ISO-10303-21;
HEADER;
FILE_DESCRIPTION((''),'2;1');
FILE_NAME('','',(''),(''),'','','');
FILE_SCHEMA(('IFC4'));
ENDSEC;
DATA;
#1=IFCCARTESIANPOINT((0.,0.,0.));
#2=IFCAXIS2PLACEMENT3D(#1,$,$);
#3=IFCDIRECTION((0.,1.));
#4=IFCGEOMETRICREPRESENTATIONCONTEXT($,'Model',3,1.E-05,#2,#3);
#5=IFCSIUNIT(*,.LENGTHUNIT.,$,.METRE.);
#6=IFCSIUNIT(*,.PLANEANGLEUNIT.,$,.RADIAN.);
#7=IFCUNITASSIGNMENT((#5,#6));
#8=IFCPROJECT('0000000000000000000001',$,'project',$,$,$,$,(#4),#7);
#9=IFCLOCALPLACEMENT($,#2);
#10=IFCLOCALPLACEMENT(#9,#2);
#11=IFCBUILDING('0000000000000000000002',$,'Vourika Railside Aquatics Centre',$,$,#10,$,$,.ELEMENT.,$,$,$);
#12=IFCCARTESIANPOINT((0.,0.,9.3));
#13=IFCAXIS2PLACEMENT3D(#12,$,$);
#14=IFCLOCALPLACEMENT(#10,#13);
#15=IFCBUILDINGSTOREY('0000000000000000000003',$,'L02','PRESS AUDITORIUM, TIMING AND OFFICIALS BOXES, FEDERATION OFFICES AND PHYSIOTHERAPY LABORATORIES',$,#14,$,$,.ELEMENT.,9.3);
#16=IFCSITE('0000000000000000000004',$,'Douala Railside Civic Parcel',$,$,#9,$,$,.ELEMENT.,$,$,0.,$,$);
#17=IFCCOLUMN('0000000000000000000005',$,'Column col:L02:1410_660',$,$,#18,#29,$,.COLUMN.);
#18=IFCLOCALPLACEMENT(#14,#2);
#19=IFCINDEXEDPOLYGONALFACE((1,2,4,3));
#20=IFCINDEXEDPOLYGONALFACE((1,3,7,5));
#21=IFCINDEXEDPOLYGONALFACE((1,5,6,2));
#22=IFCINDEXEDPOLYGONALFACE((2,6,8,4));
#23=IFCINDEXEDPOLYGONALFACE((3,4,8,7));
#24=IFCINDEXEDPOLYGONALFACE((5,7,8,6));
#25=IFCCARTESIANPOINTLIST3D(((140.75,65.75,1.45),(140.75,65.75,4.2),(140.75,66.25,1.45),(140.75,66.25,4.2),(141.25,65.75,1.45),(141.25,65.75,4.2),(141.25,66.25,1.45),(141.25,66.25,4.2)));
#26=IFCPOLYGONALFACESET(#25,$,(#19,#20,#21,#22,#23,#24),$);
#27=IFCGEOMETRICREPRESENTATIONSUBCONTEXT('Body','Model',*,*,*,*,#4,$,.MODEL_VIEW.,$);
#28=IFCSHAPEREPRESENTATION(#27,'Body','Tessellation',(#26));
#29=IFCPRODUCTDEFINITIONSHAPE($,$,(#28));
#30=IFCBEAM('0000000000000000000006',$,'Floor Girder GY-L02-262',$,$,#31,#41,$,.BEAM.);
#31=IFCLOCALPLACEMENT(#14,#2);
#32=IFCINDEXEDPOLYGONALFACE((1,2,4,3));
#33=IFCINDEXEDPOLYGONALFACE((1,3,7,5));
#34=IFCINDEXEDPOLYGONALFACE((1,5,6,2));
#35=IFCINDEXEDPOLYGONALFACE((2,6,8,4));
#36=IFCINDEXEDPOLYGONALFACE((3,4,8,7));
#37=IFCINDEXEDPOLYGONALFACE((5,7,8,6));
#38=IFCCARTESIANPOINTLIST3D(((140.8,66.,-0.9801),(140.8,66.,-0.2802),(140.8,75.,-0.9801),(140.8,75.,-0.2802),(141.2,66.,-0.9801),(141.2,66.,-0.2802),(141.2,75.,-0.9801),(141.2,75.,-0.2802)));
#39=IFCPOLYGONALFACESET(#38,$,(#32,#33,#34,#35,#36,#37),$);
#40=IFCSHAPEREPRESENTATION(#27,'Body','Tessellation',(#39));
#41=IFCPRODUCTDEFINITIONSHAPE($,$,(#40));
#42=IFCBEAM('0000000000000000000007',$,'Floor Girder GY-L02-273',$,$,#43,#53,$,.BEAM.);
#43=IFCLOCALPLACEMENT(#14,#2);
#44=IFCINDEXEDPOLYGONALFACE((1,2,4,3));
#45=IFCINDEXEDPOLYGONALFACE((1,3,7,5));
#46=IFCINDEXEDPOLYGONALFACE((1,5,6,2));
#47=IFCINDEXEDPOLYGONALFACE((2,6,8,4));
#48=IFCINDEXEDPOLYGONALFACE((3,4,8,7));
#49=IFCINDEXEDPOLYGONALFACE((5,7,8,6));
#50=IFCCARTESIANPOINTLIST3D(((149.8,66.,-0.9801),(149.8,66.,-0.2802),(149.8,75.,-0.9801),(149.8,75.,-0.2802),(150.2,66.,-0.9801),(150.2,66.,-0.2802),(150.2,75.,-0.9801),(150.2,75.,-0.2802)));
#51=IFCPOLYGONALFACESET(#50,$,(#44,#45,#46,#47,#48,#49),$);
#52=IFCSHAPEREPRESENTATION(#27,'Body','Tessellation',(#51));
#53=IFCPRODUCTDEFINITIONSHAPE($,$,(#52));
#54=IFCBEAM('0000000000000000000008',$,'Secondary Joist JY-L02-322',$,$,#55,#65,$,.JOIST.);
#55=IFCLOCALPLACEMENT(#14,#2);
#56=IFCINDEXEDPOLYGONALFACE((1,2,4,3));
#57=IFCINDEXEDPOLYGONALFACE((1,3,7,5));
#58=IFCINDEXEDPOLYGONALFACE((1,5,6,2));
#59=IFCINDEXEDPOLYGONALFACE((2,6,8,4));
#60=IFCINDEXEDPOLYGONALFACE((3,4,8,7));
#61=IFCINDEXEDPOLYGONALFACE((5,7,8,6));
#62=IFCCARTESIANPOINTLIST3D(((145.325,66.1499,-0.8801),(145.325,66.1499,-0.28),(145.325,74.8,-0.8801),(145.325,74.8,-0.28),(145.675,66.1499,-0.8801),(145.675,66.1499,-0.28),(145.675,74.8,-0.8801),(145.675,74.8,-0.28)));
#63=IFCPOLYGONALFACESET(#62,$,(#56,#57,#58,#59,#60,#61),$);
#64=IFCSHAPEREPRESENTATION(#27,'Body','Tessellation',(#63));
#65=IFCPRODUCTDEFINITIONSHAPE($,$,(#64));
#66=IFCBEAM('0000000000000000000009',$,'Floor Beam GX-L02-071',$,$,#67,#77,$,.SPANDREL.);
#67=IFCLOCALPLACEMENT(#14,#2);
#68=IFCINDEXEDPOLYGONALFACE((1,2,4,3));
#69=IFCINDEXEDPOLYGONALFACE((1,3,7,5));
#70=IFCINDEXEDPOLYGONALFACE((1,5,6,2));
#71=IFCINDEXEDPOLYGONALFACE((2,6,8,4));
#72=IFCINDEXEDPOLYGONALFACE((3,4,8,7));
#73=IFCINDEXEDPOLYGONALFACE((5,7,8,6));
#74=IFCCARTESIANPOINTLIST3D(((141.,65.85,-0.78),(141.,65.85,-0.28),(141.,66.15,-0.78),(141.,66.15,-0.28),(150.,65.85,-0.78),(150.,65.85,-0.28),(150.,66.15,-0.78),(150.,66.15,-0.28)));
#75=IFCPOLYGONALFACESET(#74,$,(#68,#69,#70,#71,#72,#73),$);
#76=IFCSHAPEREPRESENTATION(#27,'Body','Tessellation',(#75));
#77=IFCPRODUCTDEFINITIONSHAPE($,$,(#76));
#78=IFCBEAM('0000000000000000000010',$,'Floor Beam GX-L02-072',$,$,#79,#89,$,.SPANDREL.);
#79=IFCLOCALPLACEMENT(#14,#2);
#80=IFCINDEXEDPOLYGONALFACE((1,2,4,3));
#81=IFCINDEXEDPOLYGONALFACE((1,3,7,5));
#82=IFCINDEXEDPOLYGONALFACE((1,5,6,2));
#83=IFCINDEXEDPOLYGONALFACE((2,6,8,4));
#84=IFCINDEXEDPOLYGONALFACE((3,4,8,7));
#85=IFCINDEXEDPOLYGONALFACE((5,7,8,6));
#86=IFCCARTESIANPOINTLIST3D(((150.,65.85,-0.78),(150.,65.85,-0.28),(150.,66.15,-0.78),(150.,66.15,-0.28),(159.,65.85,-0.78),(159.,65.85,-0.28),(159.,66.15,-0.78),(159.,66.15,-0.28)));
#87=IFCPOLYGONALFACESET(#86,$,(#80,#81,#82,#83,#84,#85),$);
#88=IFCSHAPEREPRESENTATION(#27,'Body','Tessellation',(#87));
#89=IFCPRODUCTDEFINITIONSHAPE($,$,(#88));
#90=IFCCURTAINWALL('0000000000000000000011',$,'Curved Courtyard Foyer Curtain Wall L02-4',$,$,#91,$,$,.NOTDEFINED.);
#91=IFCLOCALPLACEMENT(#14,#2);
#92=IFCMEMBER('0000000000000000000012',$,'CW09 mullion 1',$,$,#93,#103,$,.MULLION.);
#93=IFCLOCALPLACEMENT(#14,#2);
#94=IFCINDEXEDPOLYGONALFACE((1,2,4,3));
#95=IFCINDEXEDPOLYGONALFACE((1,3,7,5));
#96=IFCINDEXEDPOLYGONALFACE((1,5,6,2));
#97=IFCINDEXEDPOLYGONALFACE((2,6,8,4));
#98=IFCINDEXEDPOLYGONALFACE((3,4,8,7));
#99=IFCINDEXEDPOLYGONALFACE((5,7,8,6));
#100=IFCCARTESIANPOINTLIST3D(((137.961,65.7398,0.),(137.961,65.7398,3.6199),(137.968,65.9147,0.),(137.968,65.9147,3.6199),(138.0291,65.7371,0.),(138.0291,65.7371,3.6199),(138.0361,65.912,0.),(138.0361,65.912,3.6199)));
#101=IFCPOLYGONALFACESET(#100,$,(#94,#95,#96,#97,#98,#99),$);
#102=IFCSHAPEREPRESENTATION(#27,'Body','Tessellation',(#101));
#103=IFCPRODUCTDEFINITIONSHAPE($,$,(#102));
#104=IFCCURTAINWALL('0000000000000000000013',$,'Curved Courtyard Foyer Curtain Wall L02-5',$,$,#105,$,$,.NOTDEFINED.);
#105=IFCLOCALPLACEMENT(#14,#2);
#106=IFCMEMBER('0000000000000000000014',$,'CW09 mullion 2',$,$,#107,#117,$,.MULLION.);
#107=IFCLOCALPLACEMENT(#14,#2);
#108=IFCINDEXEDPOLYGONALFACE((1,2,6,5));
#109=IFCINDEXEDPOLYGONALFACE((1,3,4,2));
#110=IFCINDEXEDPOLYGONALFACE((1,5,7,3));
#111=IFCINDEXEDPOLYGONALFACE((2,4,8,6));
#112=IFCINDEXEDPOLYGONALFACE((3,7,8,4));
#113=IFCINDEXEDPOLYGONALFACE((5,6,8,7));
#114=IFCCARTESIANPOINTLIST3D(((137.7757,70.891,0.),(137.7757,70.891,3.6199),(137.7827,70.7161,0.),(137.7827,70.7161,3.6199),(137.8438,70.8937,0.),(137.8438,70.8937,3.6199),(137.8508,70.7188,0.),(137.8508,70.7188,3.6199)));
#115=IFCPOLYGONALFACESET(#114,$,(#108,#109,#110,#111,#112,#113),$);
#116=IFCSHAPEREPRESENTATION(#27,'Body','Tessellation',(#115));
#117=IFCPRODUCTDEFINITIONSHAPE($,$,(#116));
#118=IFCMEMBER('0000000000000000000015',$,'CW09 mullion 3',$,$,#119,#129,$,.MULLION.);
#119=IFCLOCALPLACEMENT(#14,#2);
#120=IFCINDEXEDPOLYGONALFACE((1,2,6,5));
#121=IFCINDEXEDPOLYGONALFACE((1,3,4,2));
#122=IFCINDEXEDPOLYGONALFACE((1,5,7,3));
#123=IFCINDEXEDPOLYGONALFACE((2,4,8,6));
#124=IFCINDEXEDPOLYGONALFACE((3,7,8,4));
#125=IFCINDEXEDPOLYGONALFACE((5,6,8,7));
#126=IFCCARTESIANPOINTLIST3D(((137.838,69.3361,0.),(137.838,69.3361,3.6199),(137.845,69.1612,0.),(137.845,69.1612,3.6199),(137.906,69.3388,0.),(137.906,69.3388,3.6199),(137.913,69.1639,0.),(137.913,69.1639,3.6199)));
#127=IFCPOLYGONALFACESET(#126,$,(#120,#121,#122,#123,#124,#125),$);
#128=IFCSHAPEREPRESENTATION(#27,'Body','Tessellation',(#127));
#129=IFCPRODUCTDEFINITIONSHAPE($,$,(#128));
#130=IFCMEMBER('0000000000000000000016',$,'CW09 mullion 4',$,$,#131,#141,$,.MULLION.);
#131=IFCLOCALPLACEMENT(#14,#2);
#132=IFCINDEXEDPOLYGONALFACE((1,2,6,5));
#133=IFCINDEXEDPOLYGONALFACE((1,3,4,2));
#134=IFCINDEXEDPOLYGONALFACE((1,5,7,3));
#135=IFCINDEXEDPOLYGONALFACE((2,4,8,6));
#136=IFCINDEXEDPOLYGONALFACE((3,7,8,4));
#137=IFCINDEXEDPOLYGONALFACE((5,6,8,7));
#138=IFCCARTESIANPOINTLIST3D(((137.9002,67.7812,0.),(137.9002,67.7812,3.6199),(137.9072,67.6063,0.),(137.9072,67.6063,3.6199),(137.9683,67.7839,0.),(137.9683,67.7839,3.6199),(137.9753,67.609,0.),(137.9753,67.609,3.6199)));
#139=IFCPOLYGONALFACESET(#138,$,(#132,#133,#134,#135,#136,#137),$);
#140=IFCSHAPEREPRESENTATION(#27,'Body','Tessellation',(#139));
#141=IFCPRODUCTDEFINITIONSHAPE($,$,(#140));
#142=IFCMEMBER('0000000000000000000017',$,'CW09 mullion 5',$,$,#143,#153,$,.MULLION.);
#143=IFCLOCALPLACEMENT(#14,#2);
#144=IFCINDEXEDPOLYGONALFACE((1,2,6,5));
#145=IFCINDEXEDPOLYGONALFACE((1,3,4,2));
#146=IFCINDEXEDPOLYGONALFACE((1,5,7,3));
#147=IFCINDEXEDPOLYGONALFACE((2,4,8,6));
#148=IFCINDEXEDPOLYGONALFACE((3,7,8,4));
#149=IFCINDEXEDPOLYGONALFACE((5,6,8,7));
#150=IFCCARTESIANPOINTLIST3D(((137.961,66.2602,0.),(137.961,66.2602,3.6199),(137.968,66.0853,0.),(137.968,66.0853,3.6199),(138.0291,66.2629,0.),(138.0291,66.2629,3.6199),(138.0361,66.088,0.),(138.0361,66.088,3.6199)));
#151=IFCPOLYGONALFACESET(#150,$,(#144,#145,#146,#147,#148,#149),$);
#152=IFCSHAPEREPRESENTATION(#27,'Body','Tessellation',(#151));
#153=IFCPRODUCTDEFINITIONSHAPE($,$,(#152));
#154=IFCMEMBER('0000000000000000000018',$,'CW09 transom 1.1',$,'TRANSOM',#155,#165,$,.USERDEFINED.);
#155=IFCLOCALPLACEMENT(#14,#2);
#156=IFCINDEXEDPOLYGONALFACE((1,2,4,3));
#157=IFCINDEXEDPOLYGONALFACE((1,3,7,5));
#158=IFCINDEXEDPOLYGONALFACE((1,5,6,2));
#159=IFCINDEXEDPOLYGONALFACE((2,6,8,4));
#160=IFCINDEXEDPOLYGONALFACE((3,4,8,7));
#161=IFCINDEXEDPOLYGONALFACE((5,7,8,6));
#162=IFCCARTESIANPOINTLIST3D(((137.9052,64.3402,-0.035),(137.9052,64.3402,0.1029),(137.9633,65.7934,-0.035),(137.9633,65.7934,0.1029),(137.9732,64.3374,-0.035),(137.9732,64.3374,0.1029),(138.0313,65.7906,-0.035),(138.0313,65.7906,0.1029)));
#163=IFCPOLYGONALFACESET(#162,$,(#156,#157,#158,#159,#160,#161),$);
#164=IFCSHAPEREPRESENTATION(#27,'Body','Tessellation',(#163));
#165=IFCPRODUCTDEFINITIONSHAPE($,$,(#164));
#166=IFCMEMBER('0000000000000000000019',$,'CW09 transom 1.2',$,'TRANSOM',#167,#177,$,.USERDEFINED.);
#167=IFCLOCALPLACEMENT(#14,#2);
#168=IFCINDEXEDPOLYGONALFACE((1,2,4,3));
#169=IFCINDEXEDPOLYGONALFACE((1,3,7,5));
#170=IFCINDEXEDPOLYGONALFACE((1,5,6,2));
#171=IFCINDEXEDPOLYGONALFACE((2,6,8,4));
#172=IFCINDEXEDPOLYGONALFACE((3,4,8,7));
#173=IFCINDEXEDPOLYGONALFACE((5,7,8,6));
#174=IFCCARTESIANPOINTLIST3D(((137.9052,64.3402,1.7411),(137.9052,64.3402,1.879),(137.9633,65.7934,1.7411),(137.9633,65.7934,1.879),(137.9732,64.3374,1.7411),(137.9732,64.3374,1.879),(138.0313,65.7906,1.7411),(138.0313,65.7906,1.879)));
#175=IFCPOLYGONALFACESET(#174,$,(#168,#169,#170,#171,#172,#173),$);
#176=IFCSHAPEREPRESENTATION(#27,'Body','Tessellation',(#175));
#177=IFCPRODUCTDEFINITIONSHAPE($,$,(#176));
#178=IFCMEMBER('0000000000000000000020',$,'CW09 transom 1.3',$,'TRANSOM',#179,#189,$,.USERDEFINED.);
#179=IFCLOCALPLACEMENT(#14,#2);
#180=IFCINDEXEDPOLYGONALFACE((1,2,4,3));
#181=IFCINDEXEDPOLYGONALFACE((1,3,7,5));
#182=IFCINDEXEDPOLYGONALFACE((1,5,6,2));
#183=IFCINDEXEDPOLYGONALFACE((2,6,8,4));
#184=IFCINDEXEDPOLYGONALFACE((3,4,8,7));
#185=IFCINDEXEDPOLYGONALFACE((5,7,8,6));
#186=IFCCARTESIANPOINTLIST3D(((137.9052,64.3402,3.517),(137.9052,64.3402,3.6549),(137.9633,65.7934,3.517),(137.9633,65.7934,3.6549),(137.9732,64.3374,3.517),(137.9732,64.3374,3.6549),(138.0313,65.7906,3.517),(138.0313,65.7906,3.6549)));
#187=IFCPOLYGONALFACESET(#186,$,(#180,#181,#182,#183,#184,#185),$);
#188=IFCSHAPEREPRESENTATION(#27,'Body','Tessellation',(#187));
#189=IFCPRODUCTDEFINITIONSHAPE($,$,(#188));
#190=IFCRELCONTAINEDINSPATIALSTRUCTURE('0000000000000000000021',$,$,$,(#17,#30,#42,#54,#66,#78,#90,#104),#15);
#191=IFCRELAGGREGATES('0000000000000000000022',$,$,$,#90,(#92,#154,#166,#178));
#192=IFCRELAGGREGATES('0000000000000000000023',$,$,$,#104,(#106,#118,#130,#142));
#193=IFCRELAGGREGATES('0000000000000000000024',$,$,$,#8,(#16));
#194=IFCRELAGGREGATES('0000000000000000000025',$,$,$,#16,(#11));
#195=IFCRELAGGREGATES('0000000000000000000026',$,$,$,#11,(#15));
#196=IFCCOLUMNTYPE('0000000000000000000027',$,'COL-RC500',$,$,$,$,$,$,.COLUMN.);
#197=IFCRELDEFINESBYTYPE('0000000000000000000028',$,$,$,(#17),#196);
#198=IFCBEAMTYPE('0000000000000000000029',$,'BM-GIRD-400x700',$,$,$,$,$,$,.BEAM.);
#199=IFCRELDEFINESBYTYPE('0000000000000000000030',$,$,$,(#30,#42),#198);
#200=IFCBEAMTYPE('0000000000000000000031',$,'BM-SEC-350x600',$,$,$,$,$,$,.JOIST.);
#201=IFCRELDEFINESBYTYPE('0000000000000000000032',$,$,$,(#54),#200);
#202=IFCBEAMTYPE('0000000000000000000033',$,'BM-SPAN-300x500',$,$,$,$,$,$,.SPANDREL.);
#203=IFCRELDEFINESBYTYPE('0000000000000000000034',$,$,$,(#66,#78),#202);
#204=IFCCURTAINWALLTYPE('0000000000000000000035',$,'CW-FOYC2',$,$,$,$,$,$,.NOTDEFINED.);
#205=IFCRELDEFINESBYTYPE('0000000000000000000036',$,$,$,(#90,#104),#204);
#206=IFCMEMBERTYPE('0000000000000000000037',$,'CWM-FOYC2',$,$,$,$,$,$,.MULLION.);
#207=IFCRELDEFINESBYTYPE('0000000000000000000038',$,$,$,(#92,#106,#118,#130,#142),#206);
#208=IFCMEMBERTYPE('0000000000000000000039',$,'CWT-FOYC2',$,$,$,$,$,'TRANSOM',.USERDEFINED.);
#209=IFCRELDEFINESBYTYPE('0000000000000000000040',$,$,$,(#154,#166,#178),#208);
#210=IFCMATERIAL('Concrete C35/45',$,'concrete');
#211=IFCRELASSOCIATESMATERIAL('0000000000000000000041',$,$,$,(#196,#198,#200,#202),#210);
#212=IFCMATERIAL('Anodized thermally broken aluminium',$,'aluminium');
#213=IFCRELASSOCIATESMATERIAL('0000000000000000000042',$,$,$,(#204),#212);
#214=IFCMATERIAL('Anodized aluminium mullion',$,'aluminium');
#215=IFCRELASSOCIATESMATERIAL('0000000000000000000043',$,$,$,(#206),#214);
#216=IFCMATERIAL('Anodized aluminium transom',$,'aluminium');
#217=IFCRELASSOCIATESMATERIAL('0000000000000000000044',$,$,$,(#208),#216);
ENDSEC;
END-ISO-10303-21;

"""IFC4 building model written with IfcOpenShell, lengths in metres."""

from ifc_helpers import new_model, si_unit, direction, frame, origin, origin_2d, place, context, subcontext, project, spatial, rectangle, extrude, material, material_profile, profile_set, type_object, element, aggregate, save


model = new_model("IFC4")

# Units and contexts
model_context = context("Model", 3, precision=1e-05, world=origin(), true_north=direction((0.0, 1.0)))
body_context = subcontext(model_context, "Body", "Model", "MODEL_VIEW")
ifc_project = project(units=[si_unit("LENGTHUNIT", "METRE"), si_unit("PLANEANGLEUNIT", "RADIAN")], contexts=[model_context])

# Site, building, storey
site_placement = place(None, origin())
site = spatial("IfcSite", under=ifc_project, at=site_placement, Name="Douala Railside Civic Parcel", CompositionType="ELEMENT", RefElevation=0.0)
building_placement = place(site_placement, origin())
building = spatial("IfcBuilding", under=site, at=building_placement, Name="Vourika Railside Aquatics Centre", CompositionType="ELEMENT")
storey_placement = place(building_placement, frame((0.0, 0.0, 9.3)))
storey = spatial("IfcBuildingStorey", under=building, at=storey_placement, Name="L02", Description="PRESS AUDITORIUM, TIMING AND OFFICIALS BOXES, FEDERATION OFFICES AND PHYSIOTHERAPY LABORATORIES", CompositionType="ELEMENT", Elevation=9.3)

# Column
ifc_material_1 = material(Name="Concrete C35/45", Category="concrete")
ifc_material_profile_1 = material_profile(ifc_material_1, rectangle(XDim=0.5, YDim=0.5, at=origin_2d()), Name="RC 500x500")
ifc_profile_set_1 = profile_set([ifc_material_profile_1], Name="Concrete C35/45")
column_type = type_object("IfcColumnType", Name="COL-RC500", PredefinedType="COLUMN", material=ifc_profile_set_1)
column_placement = place(storey_placement, frame((141.0, 66.0, 1.45), z_axis=(0.0, 0.0, 1.0), x_axis=(1.0, 0.0, 0.0)))
element("IfcColumn", 1, at=column_placement, inside=storey, type_object=column_type, Name="Column col:L02:1410_660", PredefinedType="COLUMN", context=body_context, shape_type="SweptSolid", body=[
    extrude(rectangle(XDim=0.5, YDim=0.5, at=origin_2d()), origin(), (0.0, 0.0, 1.0), 2.75),
])

# Beams
ifc_material_profile_2 = material_profile(ifc_material_1, rectangle(XDim=0.3999, YDim=0.7, at=origin_2d()), Name="RC 400x700")
ifc_profile_set_2 = profile_set([ifc_material_profile_2], Name="Concrete C35/45")
beam_type_1 = type_object("IfcBeamType", Name="BM-GIRD-400x700", PredefinedType="BEAM", material=ifc_profile_set_2)
for number, where, z_axis, x_axis, name in (
    (2, (141.0, 66.0, -0.6301), (0.0, 1.0, 0.0), (-1.0, 0.0, 0.0), "Floor Girder GY-L02-262"),
    (3, (150.0, 66.0, -0.6301), (0.0, 1.0, 0.0), (-1.0, 0.0, 0.0), "Floor Girder GY-L02-273"),
):
    element("IfcBeam", number, at=place(storey_placement, frame(where, z_axis=z_axis, x_axis=x_axis)), inside=storey, type_object=beam_type_1, Name=name, PredefinedType="BEAM", context=body_context, shape_type="SweptSolid", body=[
        extrude(rectangle(XDim=0.3999, YDim=0.7, at=origin_2d()), origin(), (0.0, 0.0, 1.0), 9.0),
    ])
ifc_material_profile_3 = material_profile(ifc_material_1, rectangle(XDim=0.3501, YDim=0.6001, at=origin_2d()), Name="RC 350x600")
ifc_profile_set_3 = profile_set([ifc_material_profile_3], Name="Concrete C35/45")
beam_type_2 = type_object("IfcBeamType", Name="BM-SEC-350x600", PredefinedType="JOIST", material=ifc_profile_set_3)
beam_placement = place(storey_placement, frame((145.5, 66.1499, -0.5801), z_axis=(0.0, 1.0, 0.0), x_axis=(-1.0, 0.0, 0.0)))
element("IfcBeam", 4, at=beam_placement, inside=storey, type_object=beam_type_2, Name="Secondary Joist JY-L02-322", PredefinedType="JOIST", context=body_context, shape_type="SweptSolid", body=[
    extrude(rectangle(XDim=0.3501, YDim=0.6001, at=origin_2d()), origin(), (0.0, 0.0, 1.0), 8.6501),
])
ifc_material_profile_4 = material_profile(ifc_material_1, rectangle(XDim=0.3, YDim=0.5, at=origin_2d()), Name="RC 300x500")
ifc_profile_set_4 = profile_set([ifc_material_profile_4], Name="Concrete C35/45")
beam_type_3 = type_object("IfcBeamType", Name="BM-SPAN-300x500", PredefinedType="SPANDREL", material=ifc_profile_set_4)
for number, where, z_axis, x_axis, name in (
    (5, (141.0, 66.0, -0.53), (1.0, 0.0, 0.0), (0.0, 1.0, 0.0), "Floor Beam GX-L02-071"),
    (6, (150.0, 66.0, -0.53), (1.0, 0.0, 0.0), (0.0, 1.0, 0.0), "Floor Beam GX-L02-072"),
):
    element("IfcBeam", number, at=place(storey_placement, frame(where, z_axis=z_axis, x_axis=x_axis)), inside=storey, type_object=beam_type_3, Name=name, PredefinedType="SPANDREL", context=body_context, shape_type="SweptSolid", body=[
        extrude(rectangle(XDim=0.3, YDim=0.5, at=origin_2d()), origin(), (0.0, 0.0, 1.0), 9.0),
    ])

# Curtain wall, member
ifc_material_2 = material(Name="Anodized thermally broken aluminium", Category="aluminium")
curtain_wall_type = type_object("IfcCurtainWallType", Name="CW-FOYC2", PredefinedType="NOTDEFINED", material=ifc_material_2)
curtain_wall_1_placement = place(storey_placement, origin())
curtain_wall_1 = element("IfcCurtainWall", 7, at=curtain_wall_1_placement, inside=storey, type_object=curtain_wall_type, Name="Curved Courtyard Foyer Curtain Wall L02-4", PredefinedType="NOTDEFINED")
ifc_material_3 = material(Name="Anodized aluminium mullion", Category="aluminium")
ifc_material_profile_5 = material_profile(ifc_material_3, rectangle(XDim=0.0681, YDim=0.175, at=origin_2d()), Name="ALU-M 68x175")
ifc_profile_set_5 = profile_set([ifc_material_profile_5], Name="Anodized aluminium mullion")
member_type_1 = type_object("IfcMemberType", Name="CWM-FOYC2", PredefinedType="MULLION", material=ifc_profile_set_5)
member_1_placement = place(storey_placement, frame((137.9985, 65.8259, 0.0), z_axis=(0.0, 0.0, 1.0), x_axis=(0.9992, -0.04, 0.0)))
member_1 = element("IfcMember", 8, at=member_1_placement, type_object=member_type_1, Name="CW09 mullion 1", PredefinedType="MULLION", context=body_context, shape_type="SweptSolid", body=[
    extrude(rectangle(XDim=0.0681, YDim=0.175, at=origin_2d()), origin(), (0.0, 0.0, 1.0), 3.6199),
])

# Curtain wall, members
curtain_wall_2_placement = place(storey_placement, origin())
curtain_wall_2 = element("IfcCurtainWall", 9, at=curtain_wall_2_placement, inside=storey, type_object=curtain_wall_type, Name="Curved Courtyard Foyer Curtain Wall L02-5", PredefinedType="NOTDEFINED")
member_2_placement = place(storey_placement, frame((137.8132, 70.8049, 0.0), z_axis=(0.0, 0.0, 1.0), x_axis=(0.9992, 0.04, 0.0)))
member_2 = element("IfcMember", 10, at=member_2_placement, type_object=member_type_1, Name="CW09 mullion 2", PredefinedType="MULLION", context=body_context, shape_type="SweptSolid", body=[
    extrude(rectangle(XDim=0.0681, YDim=0.175, at=origin_2d()), origin(), (0.0, 0.0, 1.0), 3.6199),
])
member_3_placement = place(storey_placement, frame((137.8755, 69.25, 0.0), z_axis=(0.0, 0.0, 1.0), x_axis=(0.9992, 0.04, 0.0)))
member_3 = element("IfcMember", 11, at=member_3_placement, type_object=member_type_1, Name="CW09 mullion 3", PredefinedType="MULLION", context=body_context, shape_type="SweptSolid", body=[
    extrude(rectangle(XDim=0.0681, YDim=0.175, at=origin_2d()), origin(), (0.0, 0.0, 1.0), 3.6199),
])
member_4_placement = place(storey_placement, frame((137.9377, 67.6951, 0.0), z_axis=(0.0, 0.0, 1.0), x_axis=(0.9992, 0.04, 0.0)))
member_4 = element("IfcMember", 12, at=member_4_placement, type_object=member_type_1, Name="CW09 mullion 4", PredefinedType="MULLION", context=body_context, shape_type="SweptSolid", body=[
    extrude(rectangle(XDim=0.0681, YDim=0.175, at=origin_2d()), origin(), (0.0, 0.0, 1.0), 3.6199),
])
member_5_placement = place(storey_placement, frame((137.9985, 66.1741, 0.0), z_axis=(0.0, 0.0, 1.0), x_axis=(0.9992, 0.04, 0.0)))
member_5 = element("IfcMember", 13, at=member_5_placement, type_object=member_type_1, Name="CW09 mullion 5", PredefinedType="MULLION", context=body_context, shape_type="SweptSolid", body=[
    extrude(rectangle(XDim=0.0681, YDim=0.175, at=origin_2d()), origin(), (0.0, 0.0, 1.0), 3.6199),
])

# Members
ifc_material_4 = material(Name="Anodized aluminium transom", Category="aluminium")
ifc_material_profile_6 = material_profile(ifc_material_4, rectangle(XDim=0.0681, YDim=0.1379, at=origin_2d()), Name="ALU-T 68x138")
ifc_profile_set_6 = profile_set([ifc_material_profile_6], Name="Anodized aluminium transom")
member_type_2 = type_object("IfcMemberType", Name="CWT-FOYC2", ElementType="TRANSOM", PredefinedType="USERDEFINED", material=ifc_profile_set_6)
member_6_placement = place(storey_placement, frame((137.9973, 65.792, 0.0339), z_axis=(-0.039955, -0.999201, 0.0), x_axis=(0.999201, -0.039955, 0.0)))
member_6 = element("IfcMember", 14, at=member_6_placement, type_object=member_type_2, Name="CW09 transom 1.1", ObjectType="TRANSOM", PredefinedType="USERDEFINED", context=body_context, shape_type="SweptSolid", body=[
    extrude(rectangle(XDim=0.0681, YDim=0.1379, at=origin_2d()), origin(), (0.0, 0.0, 1.0), 1.4543),
])
member_7_placement = place(storey_placement, frame((137.9973, 65.792, 1.8101), z_axis=(-0.039955, -0.999201, 0.0), x_axis=(0.999201, -0.039955, 0.0)))
member_7 = element("IfcMember", 15, at=member_7_placement, type_object=member_type_2, Name="CW09 transom 1.2", ObjectType="TRANSOM", PredefinedType="USERDEFINED", context=body_context, shape_type="SweptSolid", body=[
    extrude(rectangle(XDim=0.0681, YDim=0.1379, at=origin_2d()), origin(), (0.0, 0.0, 1.0), 1.4543),
])
member_8_placement = place(storey_placement, frame((137.9973, 65.792, 3.5859), z_axis=(-0.039955, -0.999201, 0.0), x_axis=(0.999201, -0.039955, 0.0)))
member_8 = element("IfcMember", 16, at=member_8_placement, type_object=member_type_2, Name="CW09 transom 1.3", ObjectType="TRANSOM", PredefinedType="USERDEFINED", context=body_context, shape_type="SweptSolid", body=[
    extrude(rectangle(XDim=0.0681, YDim=0.1379, at=origin_2d()), origin(), (0.0, 0.0, 1.0), 1.4543),
])

aggregate(curtain_wall_1, [member_1, member_6, member_7, member_8])
aggregate(curtain_wall_2, [member_2, member_3, member_4, member_5])

save(model, "model.ifc")
